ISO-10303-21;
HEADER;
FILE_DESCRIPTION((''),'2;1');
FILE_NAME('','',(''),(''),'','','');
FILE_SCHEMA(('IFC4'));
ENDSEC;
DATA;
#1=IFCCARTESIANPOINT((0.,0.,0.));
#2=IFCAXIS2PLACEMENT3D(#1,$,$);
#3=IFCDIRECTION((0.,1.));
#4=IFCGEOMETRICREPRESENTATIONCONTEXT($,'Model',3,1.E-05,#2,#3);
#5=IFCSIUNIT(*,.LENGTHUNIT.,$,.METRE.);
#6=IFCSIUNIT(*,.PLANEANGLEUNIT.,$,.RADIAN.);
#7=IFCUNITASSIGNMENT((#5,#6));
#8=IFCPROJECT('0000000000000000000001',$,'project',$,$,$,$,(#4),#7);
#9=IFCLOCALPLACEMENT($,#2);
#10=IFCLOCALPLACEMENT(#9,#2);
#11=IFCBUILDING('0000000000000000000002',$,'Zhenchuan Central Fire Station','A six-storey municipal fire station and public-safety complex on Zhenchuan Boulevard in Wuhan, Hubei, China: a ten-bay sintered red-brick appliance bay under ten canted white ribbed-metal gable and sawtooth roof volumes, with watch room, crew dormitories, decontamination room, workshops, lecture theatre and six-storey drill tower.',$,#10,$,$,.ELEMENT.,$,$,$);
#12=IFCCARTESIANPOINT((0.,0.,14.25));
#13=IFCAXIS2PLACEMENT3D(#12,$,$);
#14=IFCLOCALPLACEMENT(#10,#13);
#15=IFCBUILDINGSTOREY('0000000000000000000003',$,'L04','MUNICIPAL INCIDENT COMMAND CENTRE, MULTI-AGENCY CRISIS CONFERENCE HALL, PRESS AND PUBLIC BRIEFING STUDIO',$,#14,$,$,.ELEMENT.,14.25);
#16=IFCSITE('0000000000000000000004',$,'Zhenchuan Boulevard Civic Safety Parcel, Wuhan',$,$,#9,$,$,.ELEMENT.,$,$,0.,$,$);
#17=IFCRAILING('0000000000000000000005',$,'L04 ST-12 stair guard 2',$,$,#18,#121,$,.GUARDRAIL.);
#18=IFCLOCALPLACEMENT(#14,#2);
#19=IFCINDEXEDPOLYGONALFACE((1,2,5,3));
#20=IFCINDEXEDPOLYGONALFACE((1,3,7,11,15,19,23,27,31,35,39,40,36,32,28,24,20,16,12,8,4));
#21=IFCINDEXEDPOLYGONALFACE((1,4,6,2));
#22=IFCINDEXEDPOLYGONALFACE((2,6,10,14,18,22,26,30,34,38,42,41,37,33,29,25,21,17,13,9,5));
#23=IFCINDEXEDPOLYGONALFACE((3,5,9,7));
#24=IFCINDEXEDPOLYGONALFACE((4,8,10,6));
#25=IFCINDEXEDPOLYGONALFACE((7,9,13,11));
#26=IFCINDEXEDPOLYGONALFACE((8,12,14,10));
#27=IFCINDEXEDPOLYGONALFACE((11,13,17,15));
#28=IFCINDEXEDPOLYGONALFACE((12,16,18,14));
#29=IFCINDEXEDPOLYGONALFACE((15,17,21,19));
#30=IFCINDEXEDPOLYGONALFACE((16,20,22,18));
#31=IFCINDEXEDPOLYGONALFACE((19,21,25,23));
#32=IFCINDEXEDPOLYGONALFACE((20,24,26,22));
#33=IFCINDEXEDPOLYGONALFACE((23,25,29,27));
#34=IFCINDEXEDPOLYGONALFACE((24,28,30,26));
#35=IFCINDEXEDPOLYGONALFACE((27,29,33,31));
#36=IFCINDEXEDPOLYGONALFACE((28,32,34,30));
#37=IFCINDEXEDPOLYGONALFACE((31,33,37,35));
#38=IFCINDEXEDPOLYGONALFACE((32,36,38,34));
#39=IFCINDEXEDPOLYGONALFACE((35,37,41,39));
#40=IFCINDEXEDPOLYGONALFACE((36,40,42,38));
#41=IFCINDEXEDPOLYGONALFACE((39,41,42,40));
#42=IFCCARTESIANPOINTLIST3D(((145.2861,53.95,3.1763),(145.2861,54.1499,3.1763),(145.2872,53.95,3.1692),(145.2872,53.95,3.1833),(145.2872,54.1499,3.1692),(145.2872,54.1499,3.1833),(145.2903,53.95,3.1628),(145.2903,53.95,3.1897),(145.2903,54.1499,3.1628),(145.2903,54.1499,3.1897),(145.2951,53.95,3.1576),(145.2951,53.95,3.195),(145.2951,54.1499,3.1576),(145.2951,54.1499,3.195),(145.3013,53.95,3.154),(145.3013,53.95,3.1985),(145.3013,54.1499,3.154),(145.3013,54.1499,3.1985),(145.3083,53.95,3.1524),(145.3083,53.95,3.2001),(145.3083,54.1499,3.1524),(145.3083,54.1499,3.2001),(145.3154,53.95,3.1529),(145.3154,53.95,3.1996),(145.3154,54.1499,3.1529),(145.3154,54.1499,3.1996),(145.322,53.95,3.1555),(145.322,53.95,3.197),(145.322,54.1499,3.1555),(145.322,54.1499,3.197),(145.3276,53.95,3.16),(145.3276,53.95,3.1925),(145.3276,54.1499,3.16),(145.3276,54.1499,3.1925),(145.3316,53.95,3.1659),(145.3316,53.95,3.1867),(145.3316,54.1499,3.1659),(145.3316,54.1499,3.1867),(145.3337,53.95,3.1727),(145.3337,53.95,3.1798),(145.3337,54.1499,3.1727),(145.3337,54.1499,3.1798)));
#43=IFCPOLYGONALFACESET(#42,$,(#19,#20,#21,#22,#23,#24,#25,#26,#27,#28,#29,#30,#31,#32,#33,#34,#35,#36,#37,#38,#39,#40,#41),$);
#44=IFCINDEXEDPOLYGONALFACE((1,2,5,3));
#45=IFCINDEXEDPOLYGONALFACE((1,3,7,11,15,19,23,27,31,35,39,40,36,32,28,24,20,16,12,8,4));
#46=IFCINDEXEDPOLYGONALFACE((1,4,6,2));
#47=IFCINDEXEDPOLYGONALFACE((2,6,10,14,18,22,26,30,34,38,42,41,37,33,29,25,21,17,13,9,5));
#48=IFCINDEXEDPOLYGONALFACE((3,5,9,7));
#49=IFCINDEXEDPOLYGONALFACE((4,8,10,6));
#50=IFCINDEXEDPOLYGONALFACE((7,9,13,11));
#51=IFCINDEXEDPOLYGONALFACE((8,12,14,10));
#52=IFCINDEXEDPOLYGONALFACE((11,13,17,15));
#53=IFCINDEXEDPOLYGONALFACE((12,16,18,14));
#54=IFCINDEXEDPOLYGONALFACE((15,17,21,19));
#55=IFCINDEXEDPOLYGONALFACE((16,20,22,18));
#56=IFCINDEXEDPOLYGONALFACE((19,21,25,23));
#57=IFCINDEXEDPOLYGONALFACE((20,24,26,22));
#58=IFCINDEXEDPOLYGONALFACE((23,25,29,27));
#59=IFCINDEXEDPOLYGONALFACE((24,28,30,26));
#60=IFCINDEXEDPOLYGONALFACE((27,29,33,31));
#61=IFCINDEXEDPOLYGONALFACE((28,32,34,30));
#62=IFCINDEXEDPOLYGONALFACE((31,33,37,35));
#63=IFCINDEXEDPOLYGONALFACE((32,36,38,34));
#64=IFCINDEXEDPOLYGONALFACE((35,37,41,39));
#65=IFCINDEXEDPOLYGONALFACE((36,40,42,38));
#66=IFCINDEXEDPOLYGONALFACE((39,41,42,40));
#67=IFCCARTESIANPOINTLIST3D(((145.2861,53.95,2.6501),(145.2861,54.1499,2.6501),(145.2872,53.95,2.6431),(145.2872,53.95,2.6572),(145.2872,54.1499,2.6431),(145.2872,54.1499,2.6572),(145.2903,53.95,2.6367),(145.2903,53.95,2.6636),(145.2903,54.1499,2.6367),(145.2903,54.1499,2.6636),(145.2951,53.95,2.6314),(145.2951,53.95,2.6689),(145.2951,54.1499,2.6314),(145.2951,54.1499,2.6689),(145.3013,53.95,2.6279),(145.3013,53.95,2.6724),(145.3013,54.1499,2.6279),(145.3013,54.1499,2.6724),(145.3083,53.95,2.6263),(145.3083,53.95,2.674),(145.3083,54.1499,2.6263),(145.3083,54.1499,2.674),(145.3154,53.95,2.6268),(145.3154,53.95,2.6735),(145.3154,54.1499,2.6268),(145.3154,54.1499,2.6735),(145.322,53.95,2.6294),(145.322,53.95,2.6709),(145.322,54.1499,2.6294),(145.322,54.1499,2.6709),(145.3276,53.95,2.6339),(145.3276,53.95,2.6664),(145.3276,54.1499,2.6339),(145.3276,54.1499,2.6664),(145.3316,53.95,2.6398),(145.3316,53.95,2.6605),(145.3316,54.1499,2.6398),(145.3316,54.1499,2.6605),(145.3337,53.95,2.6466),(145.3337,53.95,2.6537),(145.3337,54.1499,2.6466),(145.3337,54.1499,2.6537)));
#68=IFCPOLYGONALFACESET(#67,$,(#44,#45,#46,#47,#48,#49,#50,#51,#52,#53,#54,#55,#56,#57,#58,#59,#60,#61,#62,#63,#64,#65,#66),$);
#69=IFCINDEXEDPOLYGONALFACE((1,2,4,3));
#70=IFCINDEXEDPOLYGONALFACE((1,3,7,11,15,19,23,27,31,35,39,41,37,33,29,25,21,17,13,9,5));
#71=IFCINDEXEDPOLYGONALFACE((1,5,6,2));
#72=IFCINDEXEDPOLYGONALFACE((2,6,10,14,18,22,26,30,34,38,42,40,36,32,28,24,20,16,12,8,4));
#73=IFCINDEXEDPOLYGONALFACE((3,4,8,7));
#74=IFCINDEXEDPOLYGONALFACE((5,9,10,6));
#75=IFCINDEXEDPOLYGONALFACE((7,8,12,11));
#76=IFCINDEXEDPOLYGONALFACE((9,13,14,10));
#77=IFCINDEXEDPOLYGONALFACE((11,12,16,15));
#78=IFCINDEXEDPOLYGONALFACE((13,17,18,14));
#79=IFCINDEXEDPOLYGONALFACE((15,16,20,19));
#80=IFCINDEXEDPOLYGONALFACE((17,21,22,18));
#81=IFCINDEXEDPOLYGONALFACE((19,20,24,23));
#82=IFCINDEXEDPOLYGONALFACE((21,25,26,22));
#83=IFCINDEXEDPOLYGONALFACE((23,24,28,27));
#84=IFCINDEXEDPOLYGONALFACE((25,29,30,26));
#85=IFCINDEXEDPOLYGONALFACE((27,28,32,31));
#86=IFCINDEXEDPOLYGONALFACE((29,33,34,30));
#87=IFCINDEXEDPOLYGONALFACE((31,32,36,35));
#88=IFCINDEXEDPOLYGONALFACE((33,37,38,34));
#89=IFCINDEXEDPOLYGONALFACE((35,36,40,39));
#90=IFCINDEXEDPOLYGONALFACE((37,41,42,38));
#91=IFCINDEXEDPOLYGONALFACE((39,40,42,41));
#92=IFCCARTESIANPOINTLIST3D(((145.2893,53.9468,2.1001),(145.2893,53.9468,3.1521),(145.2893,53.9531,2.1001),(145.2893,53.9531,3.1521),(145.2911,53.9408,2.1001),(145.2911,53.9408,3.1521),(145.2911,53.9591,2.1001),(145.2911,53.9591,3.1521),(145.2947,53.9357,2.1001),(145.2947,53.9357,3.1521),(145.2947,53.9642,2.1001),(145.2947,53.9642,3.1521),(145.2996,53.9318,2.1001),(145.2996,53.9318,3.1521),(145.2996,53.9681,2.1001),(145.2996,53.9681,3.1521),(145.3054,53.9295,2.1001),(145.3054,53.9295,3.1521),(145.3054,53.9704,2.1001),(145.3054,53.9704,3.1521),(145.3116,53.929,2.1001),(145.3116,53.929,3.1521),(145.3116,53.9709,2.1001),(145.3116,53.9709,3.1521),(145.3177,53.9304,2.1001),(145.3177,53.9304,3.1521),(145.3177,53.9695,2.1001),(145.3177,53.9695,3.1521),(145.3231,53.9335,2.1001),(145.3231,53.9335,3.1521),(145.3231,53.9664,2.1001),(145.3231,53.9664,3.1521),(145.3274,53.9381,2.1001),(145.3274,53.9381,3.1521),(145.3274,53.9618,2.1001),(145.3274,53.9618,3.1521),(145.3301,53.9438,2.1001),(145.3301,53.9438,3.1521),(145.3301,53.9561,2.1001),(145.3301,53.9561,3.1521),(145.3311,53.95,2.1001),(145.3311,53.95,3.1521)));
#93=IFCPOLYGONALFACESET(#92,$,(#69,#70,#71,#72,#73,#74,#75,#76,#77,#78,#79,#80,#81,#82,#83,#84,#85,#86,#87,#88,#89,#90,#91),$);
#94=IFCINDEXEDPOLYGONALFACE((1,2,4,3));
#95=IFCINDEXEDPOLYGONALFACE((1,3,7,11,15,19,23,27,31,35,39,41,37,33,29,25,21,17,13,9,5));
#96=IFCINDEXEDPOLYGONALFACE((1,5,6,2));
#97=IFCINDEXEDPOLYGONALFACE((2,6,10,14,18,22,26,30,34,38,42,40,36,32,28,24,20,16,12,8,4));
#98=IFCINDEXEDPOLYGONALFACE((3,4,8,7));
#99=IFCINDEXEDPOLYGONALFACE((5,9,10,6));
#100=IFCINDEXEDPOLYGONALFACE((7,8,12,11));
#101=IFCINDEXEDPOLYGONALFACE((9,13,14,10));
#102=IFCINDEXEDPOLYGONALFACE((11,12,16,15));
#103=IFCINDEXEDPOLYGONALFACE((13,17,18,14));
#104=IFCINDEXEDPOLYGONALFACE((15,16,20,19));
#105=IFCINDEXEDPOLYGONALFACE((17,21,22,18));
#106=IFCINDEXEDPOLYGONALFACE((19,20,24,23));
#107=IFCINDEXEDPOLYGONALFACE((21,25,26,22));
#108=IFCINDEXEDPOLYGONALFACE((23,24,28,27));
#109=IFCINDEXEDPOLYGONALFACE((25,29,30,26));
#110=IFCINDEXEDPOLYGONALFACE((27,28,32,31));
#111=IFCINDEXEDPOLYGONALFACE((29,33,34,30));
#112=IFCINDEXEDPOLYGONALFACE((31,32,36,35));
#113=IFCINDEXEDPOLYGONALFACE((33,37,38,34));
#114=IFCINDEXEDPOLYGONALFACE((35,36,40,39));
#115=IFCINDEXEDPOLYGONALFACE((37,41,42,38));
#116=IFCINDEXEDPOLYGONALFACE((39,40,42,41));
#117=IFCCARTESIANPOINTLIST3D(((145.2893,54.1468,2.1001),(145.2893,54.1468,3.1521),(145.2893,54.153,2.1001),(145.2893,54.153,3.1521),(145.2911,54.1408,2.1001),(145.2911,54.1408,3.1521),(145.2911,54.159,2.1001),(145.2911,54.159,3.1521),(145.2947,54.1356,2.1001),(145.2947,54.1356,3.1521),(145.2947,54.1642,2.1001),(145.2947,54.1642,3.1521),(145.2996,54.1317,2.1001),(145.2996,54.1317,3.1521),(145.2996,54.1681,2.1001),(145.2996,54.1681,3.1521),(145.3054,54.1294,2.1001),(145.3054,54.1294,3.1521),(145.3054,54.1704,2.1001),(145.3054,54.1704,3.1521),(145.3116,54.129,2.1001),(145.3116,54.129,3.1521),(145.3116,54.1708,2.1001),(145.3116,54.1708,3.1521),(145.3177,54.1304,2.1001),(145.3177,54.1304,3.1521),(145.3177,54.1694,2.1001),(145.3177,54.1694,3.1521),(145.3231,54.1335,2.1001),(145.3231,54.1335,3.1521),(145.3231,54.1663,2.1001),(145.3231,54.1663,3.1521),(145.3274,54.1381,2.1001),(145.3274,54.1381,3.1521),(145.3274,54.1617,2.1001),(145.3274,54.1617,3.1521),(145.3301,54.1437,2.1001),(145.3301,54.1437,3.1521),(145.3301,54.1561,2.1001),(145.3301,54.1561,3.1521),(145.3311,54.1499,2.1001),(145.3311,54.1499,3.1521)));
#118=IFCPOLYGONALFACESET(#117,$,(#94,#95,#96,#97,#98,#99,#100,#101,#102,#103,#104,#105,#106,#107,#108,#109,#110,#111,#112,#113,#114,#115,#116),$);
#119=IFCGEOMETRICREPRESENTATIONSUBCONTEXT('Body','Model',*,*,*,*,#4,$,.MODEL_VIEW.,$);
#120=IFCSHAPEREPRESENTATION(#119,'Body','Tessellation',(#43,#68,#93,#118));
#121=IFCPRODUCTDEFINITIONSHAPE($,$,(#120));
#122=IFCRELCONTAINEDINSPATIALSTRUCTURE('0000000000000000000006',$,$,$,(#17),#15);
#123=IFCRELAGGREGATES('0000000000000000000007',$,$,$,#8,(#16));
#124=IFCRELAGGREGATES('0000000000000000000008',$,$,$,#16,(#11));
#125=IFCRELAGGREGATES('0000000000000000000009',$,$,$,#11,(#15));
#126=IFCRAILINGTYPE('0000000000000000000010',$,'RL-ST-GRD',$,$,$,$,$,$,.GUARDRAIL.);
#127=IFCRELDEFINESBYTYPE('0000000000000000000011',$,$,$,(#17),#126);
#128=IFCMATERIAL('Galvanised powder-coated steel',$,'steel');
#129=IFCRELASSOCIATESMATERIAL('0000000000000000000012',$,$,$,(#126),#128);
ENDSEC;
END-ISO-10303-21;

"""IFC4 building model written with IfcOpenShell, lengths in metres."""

from ifc_helpers import new_model, si_unit, direction, frame, origin, origin_2d, place, context, subcontext, project, spatial, circle, extrude, material, type_object, element, save


model = new_model("IFC4")

# Units and contexts
model_context = context("Model", 3, precision=1e-05, world=origin(), true_north=direction((0.0, 1.0)))
body_context = subcontext(model_context, "Body", "Model", "MODEL_VIEW")
ifc_project = project(units=[si_unit("LENGTHUNIT", "METRE"), si_unit("PLANEANGLEUNIT", "RADIAN")], contexts=[model_context])

# Site, building, storey
site_placement = place(None, origin())
site = spatial("IfcSite", under=ifc_project, at=site_placement, Name="Zhenchuan Boulevard Civic Safety Parcel, Wuhan", CompositionType="ELEMENT", RefElevation=0.0)
building_placement = place(site_placement, origin())
building = spatial("IfcBuilding", under=site, at=building_placement, Name="Zhenchuan Central Fire Station", Description="A six-storey municipal fire station and public-safety complex on Zhenchuan Boulevard in Wuhan, Hubei, China: a ten-bay sintered red-brick appliance bay under ten canted white ribbed-metal gable and sawtooth roof volumes, with watch room, crew dormitories, decontamination room, workshops, lecture theatre and six-storey drill tower.", CompositionType="ELEMENT")
storey_placement = place(building_placement, frame((0.0, 0.0, 14.25)))
storey = spatial("IfcBuildingStorey", under=building, at=storey_placement, Name="L04", Description="MUNICIPAL INCIDENT COMMAND CENTRE, MULTI-AGENCY CRISIS CONFERENCE HALL, PRESS AND PUBLIC BRIEFING STUDIO", CompositionType="ELEMENT", Elevation=14.25)

# Railing
ifc_material_1 = material(Name="Galvanised powder-coated steel", Category="steel")
railing_type_1 = type_object("IfcRailingType", Name="RL-ST-GRD", PredefinedType="GUARDRAIL", material=ifc_material_1)
railing_1_placement = place(storey_placement, frame((145.3101, 53.95, 2.1001)))
element("IfcRailing", 1, at=railing_1_placement, inside=storey, type_object=railing_type_1, Name="L04 ST-12 stair guard 2", PredefinedType="GUARDRAIL", context=body_context, shape_type="SweptSolid", body=[
    extrude(circle(Radius=0.0239, at=origin_2d()), frame((0.0, 0.0, 1.0762), z_axis=(0.0, 1.0, 0.0), x_axis=(-1.0, 0.0, 0.0)), (0.0, 0.0, 1.0), 0.2),
    extrude(circle(Radius=0.0239, at=origin_2d()), frame((0.0, 0.0, 0.55), z_axis=(0.0, 1.0, 0.0), x_axis=(-1.0, 0.0, 0.0)), (0.0, 0.0, 1.0), 0.2),
    extrude(circle(Radius=0.021, at=origin_2d()), origin(), (0.0, 0.0, 1.0), 1.052),
    extrude(circle(Radius=0.021, at=origin_2d()), frame((0.0, 0.2, 0.0)), (0.0, 0.0, 1.0), 1.052),
])

save(model, "model.ifc")
